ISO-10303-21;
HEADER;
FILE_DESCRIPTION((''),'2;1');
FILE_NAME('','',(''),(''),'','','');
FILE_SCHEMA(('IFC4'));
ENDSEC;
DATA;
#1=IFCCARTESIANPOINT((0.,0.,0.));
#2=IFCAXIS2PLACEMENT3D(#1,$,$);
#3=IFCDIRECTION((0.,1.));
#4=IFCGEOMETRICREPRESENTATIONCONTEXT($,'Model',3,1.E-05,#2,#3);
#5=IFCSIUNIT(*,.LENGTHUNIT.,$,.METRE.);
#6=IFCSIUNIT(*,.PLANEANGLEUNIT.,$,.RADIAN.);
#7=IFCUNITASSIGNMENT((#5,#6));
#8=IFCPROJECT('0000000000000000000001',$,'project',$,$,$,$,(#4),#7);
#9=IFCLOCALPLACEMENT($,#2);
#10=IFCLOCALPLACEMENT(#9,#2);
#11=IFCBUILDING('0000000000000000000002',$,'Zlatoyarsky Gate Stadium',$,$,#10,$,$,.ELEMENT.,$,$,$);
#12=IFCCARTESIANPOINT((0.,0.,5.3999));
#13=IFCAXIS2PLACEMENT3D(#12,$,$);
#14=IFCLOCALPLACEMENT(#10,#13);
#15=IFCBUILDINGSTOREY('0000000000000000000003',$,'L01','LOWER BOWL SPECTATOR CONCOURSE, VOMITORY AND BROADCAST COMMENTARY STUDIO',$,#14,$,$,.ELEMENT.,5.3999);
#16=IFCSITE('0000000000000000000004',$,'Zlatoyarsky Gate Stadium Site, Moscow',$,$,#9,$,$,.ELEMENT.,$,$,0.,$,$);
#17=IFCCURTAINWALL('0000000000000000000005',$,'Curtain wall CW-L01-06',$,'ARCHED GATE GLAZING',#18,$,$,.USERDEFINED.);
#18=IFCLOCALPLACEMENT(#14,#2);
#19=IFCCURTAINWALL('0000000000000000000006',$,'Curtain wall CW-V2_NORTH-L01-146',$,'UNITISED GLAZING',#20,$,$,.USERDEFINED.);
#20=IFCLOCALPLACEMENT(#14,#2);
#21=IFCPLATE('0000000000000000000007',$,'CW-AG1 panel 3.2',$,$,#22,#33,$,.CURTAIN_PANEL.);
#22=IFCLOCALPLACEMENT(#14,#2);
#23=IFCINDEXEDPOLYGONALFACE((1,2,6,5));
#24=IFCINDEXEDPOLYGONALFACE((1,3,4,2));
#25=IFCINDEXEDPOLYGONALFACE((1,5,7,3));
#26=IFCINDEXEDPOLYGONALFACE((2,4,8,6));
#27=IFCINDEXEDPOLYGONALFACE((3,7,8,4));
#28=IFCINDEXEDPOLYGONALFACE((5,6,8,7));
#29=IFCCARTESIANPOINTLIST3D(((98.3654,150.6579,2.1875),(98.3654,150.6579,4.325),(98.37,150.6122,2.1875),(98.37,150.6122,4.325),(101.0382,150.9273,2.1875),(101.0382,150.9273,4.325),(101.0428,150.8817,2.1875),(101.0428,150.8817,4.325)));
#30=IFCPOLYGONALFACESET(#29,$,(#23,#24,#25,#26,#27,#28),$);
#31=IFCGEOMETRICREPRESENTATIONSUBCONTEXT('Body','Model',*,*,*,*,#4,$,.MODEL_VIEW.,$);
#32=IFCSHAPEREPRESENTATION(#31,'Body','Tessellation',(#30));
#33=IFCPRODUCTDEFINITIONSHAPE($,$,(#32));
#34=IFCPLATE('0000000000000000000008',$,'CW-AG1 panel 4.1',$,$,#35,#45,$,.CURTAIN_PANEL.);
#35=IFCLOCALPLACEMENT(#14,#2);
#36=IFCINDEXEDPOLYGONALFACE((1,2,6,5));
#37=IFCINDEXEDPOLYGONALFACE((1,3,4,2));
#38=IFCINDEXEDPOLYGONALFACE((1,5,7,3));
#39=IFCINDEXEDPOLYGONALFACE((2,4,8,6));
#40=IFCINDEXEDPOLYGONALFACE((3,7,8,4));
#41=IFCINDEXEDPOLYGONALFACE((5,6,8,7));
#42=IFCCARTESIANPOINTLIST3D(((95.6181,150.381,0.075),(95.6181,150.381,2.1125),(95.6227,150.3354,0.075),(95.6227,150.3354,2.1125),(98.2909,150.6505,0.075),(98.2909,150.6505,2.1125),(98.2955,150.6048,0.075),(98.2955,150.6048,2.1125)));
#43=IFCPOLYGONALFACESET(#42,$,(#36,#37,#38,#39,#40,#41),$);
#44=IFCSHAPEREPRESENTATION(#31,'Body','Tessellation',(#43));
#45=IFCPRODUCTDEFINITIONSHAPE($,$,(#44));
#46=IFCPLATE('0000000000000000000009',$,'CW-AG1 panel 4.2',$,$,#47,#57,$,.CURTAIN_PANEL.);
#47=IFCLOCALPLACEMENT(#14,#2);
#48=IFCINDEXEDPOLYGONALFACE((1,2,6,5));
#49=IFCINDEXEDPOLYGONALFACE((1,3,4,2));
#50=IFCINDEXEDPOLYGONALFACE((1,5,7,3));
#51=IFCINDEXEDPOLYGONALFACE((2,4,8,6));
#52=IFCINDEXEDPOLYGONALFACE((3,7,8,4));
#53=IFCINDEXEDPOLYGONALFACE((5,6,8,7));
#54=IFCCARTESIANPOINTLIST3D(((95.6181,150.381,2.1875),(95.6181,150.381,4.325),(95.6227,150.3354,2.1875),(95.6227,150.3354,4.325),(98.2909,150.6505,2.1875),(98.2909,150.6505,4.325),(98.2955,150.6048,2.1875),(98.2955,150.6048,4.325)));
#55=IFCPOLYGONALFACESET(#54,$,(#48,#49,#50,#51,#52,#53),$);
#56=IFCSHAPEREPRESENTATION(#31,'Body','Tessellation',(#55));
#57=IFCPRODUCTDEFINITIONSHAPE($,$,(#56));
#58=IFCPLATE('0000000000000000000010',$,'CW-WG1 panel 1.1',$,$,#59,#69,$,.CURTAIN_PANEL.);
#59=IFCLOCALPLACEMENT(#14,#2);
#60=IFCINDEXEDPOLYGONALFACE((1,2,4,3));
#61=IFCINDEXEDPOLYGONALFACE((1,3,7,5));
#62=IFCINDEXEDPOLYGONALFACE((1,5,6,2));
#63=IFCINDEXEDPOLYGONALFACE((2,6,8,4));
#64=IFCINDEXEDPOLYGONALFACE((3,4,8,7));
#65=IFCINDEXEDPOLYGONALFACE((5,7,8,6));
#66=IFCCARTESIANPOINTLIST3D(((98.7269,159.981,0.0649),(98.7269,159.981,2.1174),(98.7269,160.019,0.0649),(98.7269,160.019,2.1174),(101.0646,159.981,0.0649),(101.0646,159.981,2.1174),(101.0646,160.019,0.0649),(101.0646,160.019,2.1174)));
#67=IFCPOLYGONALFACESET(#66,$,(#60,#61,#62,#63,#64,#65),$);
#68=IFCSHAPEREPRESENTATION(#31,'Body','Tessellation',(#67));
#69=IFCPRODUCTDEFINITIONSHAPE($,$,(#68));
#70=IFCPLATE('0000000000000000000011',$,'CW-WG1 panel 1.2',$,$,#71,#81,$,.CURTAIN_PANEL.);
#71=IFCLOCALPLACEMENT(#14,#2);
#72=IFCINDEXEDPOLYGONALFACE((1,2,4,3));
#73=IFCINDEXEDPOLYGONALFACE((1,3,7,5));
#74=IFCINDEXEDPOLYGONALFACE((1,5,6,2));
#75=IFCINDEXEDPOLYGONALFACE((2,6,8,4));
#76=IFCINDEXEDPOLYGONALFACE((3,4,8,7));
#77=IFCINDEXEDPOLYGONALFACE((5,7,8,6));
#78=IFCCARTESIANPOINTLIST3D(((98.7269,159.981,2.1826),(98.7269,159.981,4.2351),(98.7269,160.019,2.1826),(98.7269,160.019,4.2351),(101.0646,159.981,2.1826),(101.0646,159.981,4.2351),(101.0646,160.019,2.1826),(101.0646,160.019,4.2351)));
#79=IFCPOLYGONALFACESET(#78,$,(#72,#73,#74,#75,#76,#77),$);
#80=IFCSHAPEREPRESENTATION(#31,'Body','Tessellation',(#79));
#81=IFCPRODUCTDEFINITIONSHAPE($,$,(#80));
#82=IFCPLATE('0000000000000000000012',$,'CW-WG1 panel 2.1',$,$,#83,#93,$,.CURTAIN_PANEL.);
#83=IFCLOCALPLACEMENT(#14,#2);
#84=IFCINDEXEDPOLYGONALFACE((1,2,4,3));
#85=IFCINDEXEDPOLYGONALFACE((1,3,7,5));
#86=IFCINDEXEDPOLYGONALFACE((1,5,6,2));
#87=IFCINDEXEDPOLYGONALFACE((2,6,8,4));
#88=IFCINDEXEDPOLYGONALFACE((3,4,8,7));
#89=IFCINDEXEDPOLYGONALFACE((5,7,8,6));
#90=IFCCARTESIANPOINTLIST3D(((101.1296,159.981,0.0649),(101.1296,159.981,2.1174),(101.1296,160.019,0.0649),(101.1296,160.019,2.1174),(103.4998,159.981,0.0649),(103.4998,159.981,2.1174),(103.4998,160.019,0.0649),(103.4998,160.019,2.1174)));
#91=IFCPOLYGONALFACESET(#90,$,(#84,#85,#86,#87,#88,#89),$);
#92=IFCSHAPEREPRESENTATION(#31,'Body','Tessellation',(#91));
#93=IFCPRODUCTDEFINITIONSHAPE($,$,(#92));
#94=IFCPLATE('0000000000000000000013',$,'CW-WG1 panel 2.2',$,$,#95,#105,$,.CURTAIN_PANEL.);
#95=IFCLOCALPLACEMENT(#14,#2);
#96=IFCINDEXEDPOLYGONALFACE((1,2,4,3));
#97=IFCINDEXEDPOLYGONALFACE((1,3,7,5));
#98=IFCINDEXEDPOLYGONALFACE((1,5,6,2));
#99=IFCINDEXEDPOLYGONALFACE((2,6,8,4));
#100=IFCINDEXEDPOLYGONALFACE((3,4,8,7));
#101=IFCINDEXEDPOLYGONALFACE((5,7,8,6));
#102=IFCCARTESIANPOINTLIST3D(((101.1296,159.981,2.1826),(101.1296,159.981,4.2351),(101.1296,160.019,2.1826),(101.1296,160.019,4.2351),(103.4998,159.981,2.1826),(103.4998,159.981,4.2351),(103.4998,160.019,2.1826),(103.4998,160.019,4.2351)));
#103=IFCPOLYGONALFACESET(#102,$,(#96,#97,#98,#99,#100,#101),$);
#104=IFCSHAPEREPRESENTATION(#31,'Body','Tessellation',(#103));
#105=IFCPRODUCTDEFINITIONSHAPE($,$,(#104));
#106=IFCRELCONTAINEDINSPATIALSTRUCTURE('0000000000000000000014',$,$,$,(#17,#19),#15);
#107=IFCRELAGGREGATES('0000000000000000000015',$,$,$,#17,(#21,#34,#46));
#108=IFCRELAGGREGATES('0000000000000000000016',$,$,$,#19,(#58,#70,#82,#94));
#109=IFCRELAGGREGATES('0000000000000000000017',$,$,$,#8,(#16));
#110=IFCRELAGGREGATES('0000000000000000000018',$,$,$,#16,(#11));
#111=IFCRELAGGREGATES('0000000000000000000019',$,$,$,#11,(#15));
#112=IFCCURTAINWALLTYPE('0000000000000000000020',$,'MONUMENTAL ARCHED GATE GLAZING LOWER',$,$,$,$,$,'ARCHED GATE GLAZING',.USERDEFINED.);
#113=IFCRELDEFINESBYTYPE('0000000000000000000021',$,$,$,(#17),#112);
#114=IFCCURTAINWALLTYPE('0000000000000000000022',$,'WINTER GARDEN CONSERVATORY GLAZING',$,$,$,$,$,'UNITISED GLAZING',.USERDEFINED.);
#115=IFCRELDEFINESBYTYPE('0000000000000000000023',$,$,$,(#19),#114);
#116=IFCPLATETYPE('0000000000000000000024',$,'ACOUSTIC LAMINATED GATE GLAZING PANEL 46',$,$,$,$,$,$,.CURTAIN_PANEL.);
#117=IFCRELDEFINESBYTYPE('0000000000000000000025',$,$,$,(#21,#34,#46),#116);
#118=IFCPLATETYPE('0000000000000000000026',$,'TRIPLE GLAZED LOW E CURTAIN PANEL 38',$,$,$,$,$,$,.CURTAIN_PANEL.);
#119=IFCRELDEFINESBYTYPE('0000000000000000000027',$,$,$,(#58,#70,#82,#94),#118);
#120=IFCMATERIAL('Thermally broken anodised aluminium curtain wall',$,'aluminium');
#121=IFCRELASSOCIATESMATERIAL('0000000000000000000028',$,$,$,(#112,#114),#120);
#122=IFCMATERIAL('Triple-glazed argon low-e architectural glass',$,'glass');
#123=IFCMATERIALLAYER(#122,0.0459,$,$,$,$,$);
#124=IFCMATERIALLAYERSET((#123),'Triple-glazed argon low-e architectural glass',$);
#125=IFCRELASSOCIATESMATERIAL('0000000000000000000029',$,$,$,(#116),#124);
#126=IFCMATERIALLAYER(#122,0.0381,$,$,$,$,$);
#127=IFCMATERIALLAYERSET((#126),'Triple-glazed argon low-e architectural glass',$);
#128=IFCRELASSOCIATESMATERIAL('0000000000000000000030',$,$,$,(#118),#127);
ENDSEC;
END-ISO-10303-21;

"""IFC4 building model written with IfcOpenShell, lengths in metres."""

from ifc_helpers import new_model, si_unit, direction, frame, origin, origin_2d, place, context, subcontext, project, spatial, rectangle, extrude, material, layer, layer_set, type_object, element, aggregate, save


model = new_model("IFC4")

# Units and contexts
model_context = context("Model", 3, precision=1e-05, world=origin(), true_north=direction((0.0, 1.0)))
body_context = subcontext(model_context, "Body", "Model", "MODEL_VIEW")
ifc_project = project(units=[si_unit("LENGTHUNIT", "METRE"), si_unit("PLANEANGLEUNIT", "RADIAN")], contexts=[model_context])

# Site, building, storey
site_placement = place(None, origin())
site = spatial("IfcSite", under=ifc_project, at=site_placement, Name="Zlatoyarsky Gate Stadium Site, Moscow", CompositionType="ELEMENT", RefElevation=0.0)
building_placement = place(site_placement, origin())
building = spatial("IfcBuilding", under=site, at=building_placement, Name="Zlatoyarsky Gate Stadium", CompositionType="ELEMENT")
storey_placement = place(building_placement, frame((0.0, 0.0, 5.3999)))
storey = spatial("IfcBuildingStorey", under=building, at=storey_placement, Name="L01", Description="LOWER BOWL SPECTATOR CONCOURSE, VOMITORY AND BROADCAST COMMENTARY STUDIO", CompositionType="ELEMENT", Elevation=5.3999)

# Curtain walls
ifc_material_1 = material(Name="Thermally broken anodised aluminium curtain wall", Category="aluminium")
curtain_wall_type_1 = type_object("IfcCurtainWallType", Name="MONUMENTAL ARCHED GATE GLAZING LOWER", ElementType="ARCHED GATE GLAZING", PredefinedType="USERDEFINED", material=ifc_material_1)
curtain_wall_1_placement = place(storey_placement, origin())
curtain_wall_1 = element("IfcCurtainWall", 1, at=curtain_wall_1_placement, inside=storey, type_object=curtain_wall_type_1, Name="Curtain wall CW-L01-06", ObjectType="ARCHED GATE GLAZING", PredefinedType="USERDEFINED")
curtain_wall_type_2 = type_object("IfcCurtainWallType", Name="WINTER GARDEN CONSERVATORY GLAZING", ElementType="UNITISED GLAZING", PredefinedType="USERDEFINED", material=ifc_material_1)
curtain_wall_2_placement = place(storey_placement, origin())
curtain_wall_2 = element("IfcCurtainWall", 2, at=curtain_wall_2_placement, inside=storey, type_object=curtain_wall_type_2, Name="Curtain wall CW-V2_NORTH-L01-146", ObjectType="UNITISED GLAZING", PredefinedType="USERDEFINED")

# Plates
ifc_material_2 = material(Name="Triple-glazed argon low-e architectural glass", Category="glass")
ifc_layer_1 = layer(ifc_material_2, 0.0459)
ifc_layer_set_1 = layer_set([ifc_layer_1], Name="Triple-glazed argon low-e architectural glass")
plate_type_1 = type_object("IfcPlateType", Name="ACOUSTIC LAMINATED GATE GLAZING PANEL 46", PredefinedType="CURTAIN_PANEL", material=ifc_layer_set_1)
plate_1_placement = place(storey_placement, frame((99.7041, 150.7698, 2.1875), z_axis=(0.0, 0.0, 1.0), x_axis=(-0.994957, -0.100303, 0.0)))
plate_1 = element("IfcPlate", 3, at=plate_1_placement, type_object=plate_type_1, Name="CW-AG1 panel 3.2", PredefinedType="CURTAIN_PANEL", context=body_context, shape_type="SweptSolid", body=[
    extrude(rectangle(XDim=2.6863, YDim=0.0459, at=origin_2d()), origin(), (0.0, 0.0, 1.0), 2.1375),
])
plate_2_placement = place(storey_placement, frame((96.9568, 150.4929, 0.075), z_axis=(0.0, 0.0, 1.0), x_axis=(-0.994957, -0.100303, 0.0)))
plate_2 = element("IfcPlate", 4, at=plate_2_placement, type_object=plate_type_1, Name="CW-AG1 panel 4.1", PredefinedType="CURTAIN_PANEL", context=body_context, shape_type="SweptSolid", body=[
    extrude(rectangle(XDim=2.6863, YDim=0.0459, at=origin_2d()), origin(), (0.0, 0.0, 1.0), 2.0376),
])
plate_3_placement = place(storey_placement, frame((96.9568, 150.4929, 2.1875), z_axis=(0.0, 0.0, 1.0), x_axis=(-0.994957, -0.100303, 0.0)))
plate_3 = element("IfcPlate", 5, at=plate_3_placement, type_object=plate_type_1, Name="CW-AG1 panel 4.2", PredefinedType="CURTAIN_PANEL", context=body_context, shape_type="SweptSolid", body=[
    extrude(rectangle(XDim=2.6863, YDim=0.0459, at=origin_2d()), origin(), (0.0, 0.0, 1.0), 2.1375),
])
aggregate(curtain_wall_1, [plate_1, plate_2, plate_3])
ifc_layer_2 = layer(ifc_material_2, 0.0381)
ifc_layer_set_2 = layer_set([ifc_layer_2], Name="Triple-glazed argon low-e architectural glass")
plate_type_2 = type_object("IfcPlateType", Name="TRIPLE GLAZED LOW E CURTAIN PANEL 38", PredefinedType="CURTAIN_PANEL", material=ifc_layer_set_2)
plate_4_placement = place(storey_placement, frame((99.8958, 160.0, 0.0649), z_axis=(0.0, 0.0, 1.0), x_axis=(1.0, 0.0, 0.0)))
plate_4 = element("IfcPlate", 6, at=plate_4_placement, type_object=plate_type_2, Name="CW-WG1 panel 1.1", PredefinedType="CURTAIN_PANEL", context=body_context, shape_type="SweptSolid", body=[
    extrude(rectangle(XDim=2.3376, YDim=0.0381, at=origin_2d()), origin(), (0.0, 0.0, 1.0), 2.0525),
])
plate_5_placement = place(storey_placement, frame((99.8958, 160.0, 2.1826), z_axis=(0.0, 0.0, 1.0), x_axis=(1.0, 0.0, 0.0)))
plate_5 = element("IfcPlate", 7, at=plate_5_placement, type_object=plate_type_2, Name="CW-WG1 panel 1.2", PredefinedType="CURTAIN_PANEL", context=body_context, shape_type="SweptSolid", body=[
    extrude(rectangle(XDim=2.3376, YDim=0.0381, at=origin_2d()), origin(), (0.0, 0.0, 1.0), 2.0525),
])
plate_6_placement = place(storey_placement, frame((102.3147, 160.0, 0.0649), z_axis=(0.0, 0.0, 1.0), x_axis=(1.0, 0.0, 0.0)))
plate_6 = element("IfcPlate", 8, at=plate_6_placement, type_object=plate_type_2, Name="CW-WG1 panel 2.1", PredefinedType="CURTAIN_PANEL", context=body_context, shape_type="SweptSolid", body=[
    extrude(rectangle(XDim=2.3701, YDim=0.0381, at=origin_2d()), origin(), (0.0, 0.0, 1.0), 2.0525),
])
plate_7_placement = place(storey_placement, frame((102.3147, 160.0, 2.1826), z_axis=(0.0, 0.0, 1.0), x_axis=(1.0, 0.0, 0.0)))
plate_7 = element("IfcPlate", 9, at=plate_7_placement, type_object=plate_type_2, Name="CW-WG1 panel 2.2", PredefinedType="CURTAIN_PANEL", context=body_context, shape_type="SweptSolid", body=[
    extrude(rectangle(XDim=2.3701, YDim=0.0381, at=origin_2d()), origin(), (0.0, 0.0, 1.0), 2.0525),
])
aggregate(curtain_wall_2, [plate_4, plate_5, plate_6, plate_7])

save(model, "model.ifc")
